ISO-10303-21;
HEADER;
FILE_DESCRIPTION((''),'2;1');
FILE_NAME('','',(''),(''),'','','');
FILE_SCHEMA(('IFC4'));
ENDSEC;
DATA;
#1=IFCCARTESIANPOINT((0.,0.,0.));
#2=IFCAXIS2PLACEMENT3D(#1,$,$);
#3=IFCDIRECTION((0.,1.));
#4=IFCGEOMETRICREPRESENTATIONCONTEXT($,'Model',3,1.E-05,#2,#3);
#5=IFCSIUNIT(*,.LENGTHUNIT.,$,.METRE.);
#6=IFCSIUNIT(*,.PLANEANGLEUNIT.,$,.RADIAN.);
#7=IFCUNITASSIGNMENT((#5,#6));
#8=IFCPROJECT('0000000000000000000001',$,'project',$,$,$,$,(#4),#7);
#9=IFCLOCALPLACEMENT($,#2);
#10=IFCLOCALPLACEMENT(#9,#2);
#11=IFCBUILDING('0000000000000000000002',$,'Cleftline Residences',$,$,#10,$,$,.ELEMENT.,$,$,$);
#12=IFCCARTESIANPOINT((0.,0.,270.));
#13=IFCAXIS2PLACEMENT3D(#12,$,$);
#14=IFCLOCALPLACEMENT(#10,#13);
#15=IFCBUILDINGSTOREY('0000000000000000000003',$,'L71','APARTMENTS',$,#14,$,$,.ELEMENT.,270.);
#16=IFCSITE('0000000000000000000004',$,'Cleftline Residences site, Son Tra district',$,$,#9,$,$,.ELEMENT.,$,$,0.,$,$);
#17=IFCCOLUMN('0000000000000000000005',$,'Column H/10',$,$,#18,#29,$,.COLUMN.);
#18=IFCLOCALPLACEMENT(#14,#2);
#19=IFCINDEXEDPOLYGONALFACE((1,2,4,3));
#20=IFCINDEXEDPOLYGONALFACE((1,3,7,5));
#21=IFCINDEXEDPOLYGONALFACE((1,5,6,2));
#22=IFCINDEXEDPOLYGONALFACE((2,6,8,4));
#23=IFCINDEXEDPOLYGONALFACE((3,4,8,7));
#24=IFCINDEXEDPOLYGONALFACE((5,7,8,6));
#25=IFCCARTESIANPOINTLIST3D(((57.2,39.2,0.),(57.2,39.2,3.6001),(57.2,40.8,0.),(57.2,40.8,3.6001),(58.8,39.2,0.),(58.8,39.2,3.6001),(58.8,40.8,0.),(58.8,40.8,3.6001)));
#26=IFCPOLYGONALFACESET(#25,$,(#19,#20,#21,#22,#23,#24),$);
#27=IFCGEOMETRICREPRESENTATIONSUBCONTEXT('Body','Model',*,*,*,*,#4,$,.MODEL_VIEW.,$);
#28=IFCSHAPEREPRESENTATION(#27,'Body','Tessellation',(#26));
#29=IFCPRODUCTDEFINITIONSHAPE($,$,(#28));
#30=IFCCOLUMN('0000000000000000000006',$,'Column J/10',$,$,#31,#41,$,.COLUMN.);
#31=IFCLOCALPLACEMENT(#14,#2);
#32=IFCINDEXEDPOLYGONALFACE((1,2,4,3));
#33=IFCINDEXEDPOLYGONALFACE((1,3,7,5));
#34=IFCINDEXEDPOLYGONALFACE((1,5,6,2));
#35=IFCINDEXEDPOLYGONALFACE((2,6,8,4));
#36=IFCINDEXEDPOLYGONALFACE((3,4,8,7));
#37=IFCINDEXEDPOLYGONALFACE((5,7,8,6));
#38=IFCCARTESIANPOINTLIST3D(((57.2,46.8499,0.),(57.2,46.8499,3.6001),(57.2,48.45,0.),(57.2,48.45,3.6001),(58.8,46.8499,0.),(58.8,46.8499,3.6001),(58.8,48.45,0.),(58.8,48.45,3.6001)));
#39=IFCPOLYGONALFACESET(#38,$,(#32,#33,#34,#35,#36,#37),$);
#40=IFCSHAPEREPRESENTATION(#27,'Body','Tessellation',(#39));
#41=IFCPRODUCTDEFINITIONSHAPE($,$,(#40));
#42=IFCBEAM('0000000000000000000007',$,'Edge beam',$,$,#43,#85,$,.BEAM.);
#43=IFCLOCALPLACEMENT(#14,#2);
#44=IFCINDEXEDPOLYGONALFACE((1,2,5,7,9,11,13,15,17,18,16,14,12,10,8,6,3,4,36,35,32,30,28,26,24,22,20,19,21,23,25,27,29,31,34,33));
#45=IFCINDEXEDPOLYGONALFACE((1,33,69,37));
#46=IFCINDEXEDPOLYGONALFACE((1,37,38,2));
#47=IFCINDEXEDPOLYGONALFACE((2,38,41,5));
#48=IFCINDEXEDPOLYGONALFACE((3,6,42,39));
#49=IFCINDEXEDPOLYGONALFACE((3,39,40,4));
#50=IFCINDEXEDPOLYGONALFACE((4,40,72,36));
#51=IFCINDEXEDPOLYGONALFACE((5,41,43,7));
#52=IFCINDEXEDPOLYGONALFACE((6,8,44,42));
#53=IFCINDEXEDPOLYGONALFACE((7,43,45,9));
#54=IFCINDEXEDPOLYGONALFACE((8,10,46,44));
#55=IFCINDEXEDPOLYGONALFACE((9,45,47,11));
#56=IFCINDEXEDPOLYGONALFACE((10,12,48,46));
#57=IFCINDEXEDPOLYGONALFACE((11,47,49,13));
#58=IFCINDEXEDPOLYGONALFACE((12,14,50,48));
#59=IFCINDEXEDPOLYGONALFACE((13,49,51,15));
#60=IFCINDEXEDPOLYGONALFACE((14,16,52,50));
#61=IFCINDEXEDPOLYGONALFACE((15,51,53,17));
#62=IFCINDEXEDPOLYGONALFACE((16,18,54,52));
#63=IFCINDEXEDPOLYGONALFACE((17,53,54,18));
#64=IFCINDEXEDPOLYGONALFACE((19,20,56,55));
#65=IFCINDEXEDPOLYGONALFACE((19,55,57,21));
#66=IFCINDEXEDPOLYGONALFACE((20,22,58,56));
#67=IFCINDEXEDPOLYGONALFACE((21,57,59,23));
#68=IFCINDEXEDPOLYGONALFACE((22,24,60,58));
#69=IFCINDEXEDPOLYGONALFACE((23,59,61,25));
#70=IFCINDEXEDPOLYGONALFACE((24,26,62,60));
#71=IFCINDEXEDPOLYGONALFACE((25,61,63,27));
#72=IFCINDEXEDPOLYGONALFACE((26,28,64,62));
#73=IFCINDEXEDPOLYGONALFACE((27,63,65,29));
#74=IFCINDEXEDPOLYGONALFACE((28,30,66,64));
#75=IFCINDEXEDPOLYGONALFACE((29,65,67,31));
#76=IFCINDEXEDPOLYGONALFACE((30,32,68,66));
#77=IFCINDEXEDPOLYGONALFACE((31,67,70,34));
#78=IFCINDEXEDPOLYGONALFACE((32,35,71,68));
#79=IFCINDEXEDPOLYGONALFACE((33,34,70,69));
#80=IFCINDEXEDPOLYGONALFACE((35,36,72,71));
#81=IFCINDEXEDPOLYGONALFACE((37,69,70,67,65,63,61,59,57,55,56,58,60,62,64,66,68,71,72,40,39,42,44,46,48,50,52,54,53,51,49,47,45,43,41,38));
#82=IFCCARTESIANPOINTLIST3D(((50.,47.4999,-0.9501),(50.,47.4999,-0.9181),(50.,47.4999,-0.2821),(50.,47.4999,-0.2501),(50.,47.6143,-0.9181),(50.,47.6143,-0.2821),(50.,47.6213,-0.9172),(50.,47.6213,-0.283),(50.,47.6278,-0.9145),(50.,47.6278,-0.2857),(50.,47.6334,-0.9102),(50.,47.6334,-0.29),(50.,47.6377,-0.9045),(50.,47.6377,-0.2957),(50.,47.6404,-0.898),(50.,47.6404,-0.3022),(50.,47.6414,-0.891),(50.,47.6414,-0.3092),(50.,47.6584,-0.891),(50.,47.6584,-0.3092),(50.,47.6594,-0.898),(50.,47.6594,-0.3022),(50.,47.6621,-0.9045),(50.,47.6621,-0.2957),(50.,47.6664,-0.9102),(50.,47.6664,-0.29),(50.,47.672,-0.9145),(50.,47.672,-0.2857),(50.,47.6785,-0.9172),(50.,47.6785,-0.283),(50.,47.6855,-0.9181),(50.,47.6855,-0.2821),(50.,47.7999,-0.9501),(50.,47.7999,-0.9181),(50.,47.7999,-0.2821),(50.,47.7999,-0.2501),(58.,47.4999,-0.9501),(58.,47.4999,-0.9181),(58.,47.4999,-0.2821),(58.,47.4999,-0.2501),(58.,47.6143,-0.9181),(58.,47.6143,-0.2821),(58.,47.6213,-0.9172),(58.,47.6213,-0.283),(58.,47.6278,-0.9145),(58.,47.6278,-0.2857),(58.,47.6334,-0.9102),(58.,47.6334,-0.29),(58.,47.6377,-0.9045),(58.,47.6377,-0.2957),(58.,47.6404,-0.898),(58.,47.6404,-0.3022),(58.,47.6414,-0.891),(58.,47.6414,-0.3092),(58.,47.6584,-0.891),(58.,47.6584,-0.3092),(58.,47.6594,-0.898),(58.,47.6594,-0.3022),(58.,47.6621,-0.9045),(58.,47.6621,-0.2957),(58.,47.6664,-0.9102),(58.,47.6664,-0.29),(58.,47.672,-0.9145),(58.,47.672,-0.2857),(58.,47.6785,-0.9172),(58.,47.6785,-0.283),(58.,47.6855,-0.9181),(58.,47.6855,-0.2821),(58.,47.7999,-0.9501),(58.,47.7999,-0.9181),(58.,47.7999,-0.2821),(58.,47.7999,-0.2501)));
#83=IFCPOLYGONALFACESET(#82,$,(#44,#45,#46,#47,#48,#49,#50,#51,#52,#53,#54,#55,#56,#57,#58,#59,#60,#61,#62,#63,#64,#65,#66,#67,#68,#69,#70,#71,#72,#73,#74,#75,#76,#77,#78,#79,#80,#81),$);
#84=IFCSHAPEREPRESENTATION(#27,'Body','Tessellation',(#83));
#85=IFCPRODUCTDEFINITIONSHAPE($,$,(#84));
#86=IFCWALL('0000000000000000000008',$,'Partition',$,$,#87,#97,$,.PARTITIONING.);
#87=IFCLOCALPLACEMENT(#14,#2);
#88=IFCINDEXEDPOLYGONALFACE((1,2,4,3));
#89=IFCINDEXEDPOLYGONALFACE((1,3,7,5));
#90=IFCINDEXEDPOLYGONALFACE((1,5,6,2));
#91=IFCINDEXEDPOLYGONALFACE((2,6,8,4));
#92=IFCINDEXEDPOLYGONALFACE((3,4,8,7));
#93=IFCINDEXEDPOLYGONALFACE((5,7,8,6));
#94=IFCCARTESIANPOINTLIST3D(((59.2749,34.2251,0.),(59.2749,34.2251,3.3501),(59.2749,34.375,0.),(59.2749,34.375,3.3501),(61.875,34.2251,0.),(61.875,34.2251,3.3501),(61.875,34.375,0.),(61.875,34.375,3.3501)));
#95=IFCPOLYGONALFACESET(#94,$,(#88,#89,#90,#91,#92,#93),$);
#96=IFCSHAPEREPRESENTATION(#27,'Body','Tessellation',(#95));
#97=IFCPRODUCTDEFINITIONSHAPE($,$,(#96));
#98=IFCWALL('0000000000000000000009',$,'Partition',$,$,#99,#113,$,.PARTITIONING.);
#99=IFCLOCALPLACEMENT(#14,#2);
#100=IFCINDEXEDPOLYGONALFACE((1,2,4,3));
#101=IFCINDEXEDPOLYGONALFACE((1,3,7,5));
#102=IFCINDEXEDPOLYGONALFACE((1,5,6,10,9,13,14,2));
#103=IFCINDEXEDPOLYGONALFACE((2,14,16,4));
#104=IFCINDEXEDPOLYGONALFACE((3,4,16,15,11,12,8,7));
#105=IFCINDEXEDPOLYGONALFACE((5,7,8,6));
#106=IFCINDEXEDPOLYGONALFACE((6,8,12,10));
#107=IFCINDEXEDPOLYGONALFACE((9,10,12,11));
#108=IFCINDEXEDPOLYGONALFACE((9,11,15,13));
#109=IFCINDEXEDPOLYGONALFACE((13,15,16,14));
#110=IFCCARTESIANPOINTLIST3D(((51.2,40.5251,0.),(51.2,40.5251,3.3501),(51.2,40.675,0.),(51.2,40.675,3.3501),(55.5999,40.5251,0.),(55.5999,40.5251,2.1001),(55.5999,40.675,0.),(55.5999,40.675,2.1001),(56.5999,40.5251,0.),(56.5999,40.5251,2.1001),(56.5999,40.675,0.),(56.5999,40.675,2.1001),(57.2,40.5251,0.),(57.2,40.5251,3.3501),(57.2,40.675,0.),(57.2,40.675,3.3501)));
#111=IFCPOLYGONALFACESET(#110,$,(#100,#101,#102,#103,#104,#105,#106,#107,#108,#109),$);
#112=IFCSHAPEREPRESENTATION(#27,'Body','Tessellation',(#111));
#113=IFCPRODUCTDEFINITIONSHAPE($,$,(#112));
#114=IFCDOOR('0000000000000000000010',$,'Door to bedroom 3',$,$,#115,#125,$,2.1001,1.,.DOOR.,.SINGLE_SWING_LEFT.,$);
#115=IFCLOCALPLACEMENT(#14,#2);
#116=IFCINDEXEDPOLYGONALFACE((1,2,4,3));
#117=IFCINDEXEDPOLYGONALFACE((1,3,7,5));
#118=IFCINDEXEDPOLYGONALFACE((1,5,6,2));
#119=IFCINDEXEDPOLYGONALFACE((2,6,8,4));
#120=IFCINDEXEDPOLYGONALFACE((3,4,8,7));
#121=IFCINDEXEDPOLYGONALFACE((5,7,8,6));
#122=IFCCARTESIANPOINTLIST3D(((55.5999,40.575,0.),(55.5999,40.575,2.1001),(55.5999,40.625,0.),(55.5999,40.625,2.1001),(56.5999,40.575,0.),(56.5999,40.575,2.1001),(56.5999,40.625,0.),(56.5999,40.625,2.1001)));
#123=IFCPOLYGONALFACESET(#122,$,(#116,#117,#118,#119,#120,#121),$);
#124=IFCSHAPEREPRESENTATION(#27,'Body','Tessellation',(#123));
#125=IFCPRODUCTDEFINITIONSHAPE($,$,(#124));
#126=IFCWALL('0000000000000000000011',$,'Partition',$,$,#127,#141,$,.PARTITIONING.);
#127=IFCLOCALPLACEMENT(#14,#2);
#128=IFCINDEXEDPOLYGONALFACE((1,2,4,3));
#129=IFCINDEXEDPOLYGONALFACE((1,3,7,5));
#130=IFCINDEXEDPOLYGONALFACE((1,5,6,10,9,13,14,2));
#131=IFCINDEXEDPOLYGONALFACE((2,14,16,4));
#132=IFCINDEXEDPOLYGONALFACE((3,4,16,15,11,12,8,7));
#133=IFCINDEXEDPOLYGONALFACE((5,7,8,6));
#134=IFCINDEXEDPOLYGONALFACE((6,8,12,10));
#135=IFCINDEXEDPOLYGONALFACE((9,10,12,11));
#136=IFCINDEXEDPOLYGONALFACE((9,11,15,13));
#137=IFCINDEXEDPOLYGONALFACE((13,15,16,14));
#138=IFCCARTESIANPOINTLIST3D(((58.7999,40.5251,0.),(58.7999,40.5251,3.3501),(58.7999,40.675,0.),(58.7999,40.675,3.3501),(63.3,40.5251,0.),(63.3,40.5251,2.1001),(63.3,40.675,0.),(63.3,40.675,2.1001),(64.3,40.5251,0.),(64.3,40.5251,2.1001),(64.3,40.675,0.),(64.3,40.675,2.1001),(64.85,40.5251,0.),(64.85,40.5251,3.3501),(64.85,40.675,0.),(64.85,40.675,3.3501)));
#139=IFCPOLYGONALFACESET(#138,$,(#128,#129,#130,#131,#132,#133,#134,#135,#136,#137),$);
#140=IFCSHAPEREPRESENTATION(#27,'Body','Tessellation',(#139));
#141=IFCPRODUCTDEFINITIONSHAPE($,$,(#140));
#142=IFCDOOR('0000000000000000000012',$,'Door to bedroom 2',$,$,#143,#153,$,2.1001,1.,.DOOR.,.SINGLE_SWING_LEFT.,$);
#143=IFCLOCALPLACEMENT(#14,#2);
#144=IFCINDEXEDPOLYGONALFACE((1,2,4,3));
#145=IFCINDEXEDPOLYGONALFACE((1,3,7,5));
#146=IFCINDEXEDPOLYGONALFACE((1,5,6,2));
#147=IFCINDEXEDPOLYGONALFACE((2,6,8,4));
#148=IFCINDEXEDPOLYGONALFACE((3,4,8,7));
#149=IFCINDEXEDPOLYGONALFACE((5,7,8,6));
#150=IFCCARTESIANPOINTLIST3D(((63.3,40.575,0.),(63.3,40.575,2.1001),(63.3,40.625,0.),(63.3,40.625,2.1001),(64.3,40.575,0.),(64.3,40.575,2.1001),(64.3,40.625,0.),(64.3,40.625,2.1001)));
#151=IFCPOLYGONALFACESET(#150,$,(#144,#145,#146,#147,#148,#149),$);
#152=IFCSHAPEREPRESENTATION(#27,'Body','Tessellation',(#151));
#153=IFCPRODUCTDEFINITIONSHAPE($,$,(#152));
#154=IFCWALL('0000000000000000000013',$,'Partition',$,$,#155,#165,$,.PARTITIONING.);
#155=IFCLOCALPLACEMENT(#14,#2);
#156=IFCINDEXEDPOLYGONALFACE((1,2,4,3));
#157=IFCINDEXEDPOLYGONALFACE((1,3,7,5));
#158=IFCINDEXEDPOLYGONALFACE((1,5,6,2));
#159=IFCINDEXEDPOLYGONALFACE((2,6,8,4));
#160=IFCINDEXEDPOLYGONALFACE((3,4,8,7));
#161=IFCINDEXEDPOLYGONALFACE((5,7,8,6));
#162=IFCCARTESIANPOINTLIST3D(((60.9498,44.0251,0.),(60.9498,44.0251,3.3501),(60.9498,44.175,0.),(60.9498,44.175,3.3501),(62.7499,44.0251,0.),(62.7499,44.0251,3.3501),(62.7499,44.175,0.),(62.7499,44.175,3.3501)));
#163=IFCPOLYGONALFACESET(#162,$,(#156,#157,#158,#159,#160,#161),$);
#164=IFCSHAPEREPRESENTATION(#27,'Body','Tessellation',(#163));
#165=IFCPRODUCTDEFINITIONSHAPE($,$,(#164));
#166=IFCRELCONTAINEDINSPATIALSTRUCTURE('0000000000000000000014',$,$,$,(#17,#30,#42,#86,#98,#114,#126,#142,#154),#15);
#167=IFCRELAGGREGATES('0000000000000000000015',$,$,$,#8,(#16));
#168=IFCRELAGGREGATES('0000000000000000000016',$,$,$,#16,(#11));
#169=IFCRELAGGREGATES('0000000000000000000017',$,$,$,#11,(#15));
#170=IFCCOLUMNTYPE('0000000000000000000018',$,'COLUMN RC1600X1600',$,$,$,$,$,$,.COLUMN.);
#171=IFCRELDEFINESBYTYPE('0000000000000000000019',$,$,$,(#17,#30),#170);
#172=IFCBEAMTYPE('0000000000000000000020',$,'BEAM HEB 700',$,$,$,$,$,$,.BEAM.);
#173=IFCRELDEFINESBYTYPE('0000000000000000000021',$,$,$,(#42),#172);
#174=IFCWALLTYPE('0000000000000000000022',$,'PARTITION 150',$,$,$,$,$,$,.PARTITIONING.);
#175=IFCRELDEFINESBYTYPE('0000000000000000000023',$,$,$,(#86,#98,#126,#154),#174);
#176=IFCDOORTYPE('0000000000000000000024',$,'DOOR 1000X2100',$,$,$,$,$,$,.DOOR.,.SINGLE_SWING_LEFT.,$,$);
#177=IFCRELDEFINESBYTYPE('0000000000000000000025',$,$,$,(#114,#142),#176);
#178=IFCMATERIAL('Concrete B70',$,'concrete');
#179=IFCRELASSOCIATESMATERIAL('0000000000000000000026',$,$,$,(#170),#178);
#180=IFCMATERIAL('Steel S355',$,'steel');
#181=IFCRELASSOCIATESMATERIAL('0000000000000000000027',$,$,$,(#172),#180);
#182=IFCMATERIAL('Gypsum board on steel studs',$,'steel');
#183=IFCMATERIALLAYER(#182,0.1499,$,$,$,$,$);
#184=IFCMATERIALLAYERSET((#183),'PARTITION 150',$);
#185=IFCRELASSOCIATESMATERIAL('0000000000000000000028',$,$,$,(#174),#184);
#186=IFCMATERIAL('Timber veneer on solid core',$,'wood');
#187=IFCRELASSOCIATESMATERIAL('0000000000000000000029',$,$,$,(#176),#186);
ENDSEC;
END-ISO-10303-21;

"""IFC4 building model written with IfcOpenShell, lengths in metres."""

from ifc_helpers import new_model, si_unit, direction, frame, frame_2d, origin, origin_2d, place, context, subcontext, project, spatial, rectangle, i_section, extrude, material, layer, layer_set, material_profile, profile_set, type_object, element, fill, save


model = new_model("IFC4")

# Units and contexts
model_context = context("Model", 3, precision=1e-05, world=origin(), true_north=direction((0.0, 1.0)))
body_context = subcontext(model_context, "Body", "Model", "MODEL_VIEW")
ifc_project = project(units=[si_unit("LENGTHUNIT", "METRE"), si_unit("PLANEANGLEUNIT", "RADIAN")], contexts=[model_context])

# Site, building, storey
site_placement = place(None, origin())
site = spatial("IfcSite", under=ifc_project, at=site_placement, Name="Cleftline Residences site, Son Tra district", CompositionType="ELEMENT", RefElevation=0.0)
building_placement = place(site_placement, origin())
building = spatial("IfcBuilding", under=site, at=building_placement, Name="Cleftline Residences", CompositionType="ELEMENT")
storey_placement = place(building_placement, frame((0.0, 0.0, 270.0)))
storey = spatial("IfcBuildingStorey", under=building, at=storey_placement, Name="L71", Description="APARTMENTS", CompositionType="ELEMENT", Elevation=270.0)

# Columns
ifc_material_1 = material(Name="Concrete B70", Category="concrete")
ifc_material_profile_1 = material_profile(ifc_material_1, rectangle(XDim=1.6001, YDim=1.6001, at=origin_2d()))
ifc_profile_set_1 = profile_set([ifc_material_profile_1], Name="Concrete B70")
column_type = type_object("IfcColumnType", Name="COLUMN RC1600X1600", PredefinedType="COLUMN", material=ifc_profile_set_1)
for number, where, z_axis, x_axis, name in (
    (1, (58.0, 40.0, 0.0), (0.0, 0.0, 1.0), (1.0, 0.0, 0.0), "Column H/10"),
    (2, (58.0, 47.6499, 0.0), (0.0, 0.0, 1.0), (1.0, 0.0, 0.0), "Column J/10"),
):
    element("IfcColumn", number, at=place(storey_placement, frame(where, z_axis=z_axis, x_axis=x_axis)), inside=storey, type_object=column_type, Name=name, PredefinedType="COLUMN", context=body_context, shape_type="SweptSolid", body=[
        extrude(rectangle(XDim=1.6001, YDim=1.6001, at=origin_2d()), origin(), (0.0, 0.0, 1.0), 3.6001),
    ])

# Beam
ifc_material_2 = material(Name="Steel S355", Category="steel")
ifc_material_profile_2 = material_profile(ifc_material_2, i_section(OverallWidth=0.3, OverallDepth=0.7, WebThickness=0.0171, FlangeThickness=0.032, FilletRadius=0.0271, at=origin_2d()))
ifc_profile_set_2 = profile_set([ifc_material_profile_2], Name="Steel S355")
beam_type = type_object("IfcBeamType", Name="BEAM HEB 700", PredefinedType="BEAM", material=ifc_profile_set_2)
beam_placement = place(storey_placement, frame((58.0, 47.6499, -0.6001), z_axis=(-1.0, 0.0, 0.0), x_axis=(0.0, -1.0, 0.0)))
element("IfcBeam", 3, at=beam_placement, inside=storey, type_object=beam_type, Name="Edge beam", PredefinedType="BEAM", context=body_context, shape_type="SweptSolid", body=[
    extrude(i_section(OverallWidth=0.3, OverallDepth=0.7, WebThickness=0.0171, FlangeThickness=0.032, FilletRadius=0.0271, at=origin_2d()), origin(), (0.0, 0.0, 1.0), 8.0),
])

# Wall
ifc_material_3 = material(Name="Gypsum board on steel studs", Category="steel")
ifc_layer = layer(ifc_material_3, 0.1499)
ifc_layer_set = layer_set([ifc_layer], Name="PARTITION 150")
wall_type = type_object("IfcWallType", Name="PARTITION 150", PredefinedType="PARTITIONING", material=ifc_layer_set)
wall_1_placement = place(storey_placement, frame((59.2749, 34.3, 0.0), z_axis=(0.0, 0.0, 1.0), x_axis=(1.0, 0.0, 0.0)))
element("IfcWall", 4, at=wall_1_placement, inside=storey, type_object=wall_type, Name="Partition", PredefinedType="PARTITIONING", context=body_context, shape_type="SweptSolid", body=[
    extrude(rectangle(XDim=2.6001, YDim=0.1499, at=frame_2d((1.3, 0.0))), origin(), (0.0, 0.0, 1.0), 3.3501),
])

# Walls, openings, doors
wall_2_placement = place(storey_placement, frame((51.2, 40.6001, 0.0), z_axis=(0.0, 0.0, 1.0), x_axis=(1.0, 0.0, 0.0)))
wall_2 = element("IfcWall", 5, at=wall_2_placement, inside=storey, type_object=wall_type, Name="Partition", PredefinedType="PARTITIONING", context=body_context, shape_type="SweptSolid", body=[
    extrude(rectangle(XDim=6.0, YDim=0.1499, at=frame_2d((3.0, 0.0))), origin(), (0.0, 0.0, 1.0), 3.3501),
])
opening_1_placement = place(wall_2_placement, frame((4.3999, 0.0, 0.0)))
opening_1 = element("IfcOpeningElement", 6, at=opening_1_placement, cuts=wall_2, PredefinedType="OPENING", context=body_context, shape_type="SweptSolid", body=[
    extrude(rectangle(XDim=1.0, YDim=2.1001, at=frame_2d((0.5, 1.05))), frame((0.0, 0.085, 0.0), z_axis=(0.0, -1.0, 0.0), x_axis=(1.0, 0.0, 0.0)), (0.0, 0.0, 1.0), 0.1699),
])
ifc_material_4 = material(Name="Timber veneer on solid core", Category="wood")
door_type_1 = type_object("IfcDoorType", Name="DOOR 1000X2100", OperationType="SINGLE_SWING_LEFT", PredefinedType="DOOR", material=ifc_material_4)
door_1_placement = place(opening_1_placement, origin())
door_1 = element("IfcDoor", 7, at=door_1_placement, inside=storey, type_object=door_type_1, Name="Door to bedroom 3", OperationType="SINGLE_SWING_LEFT", OverallHeight=2.1001, OverallWidth=1.0, PredefinedType="DOOR", context=body_context, shape_type="SweptSolid", body=[
    extrude(rectangle(XDim=1.0, YDim=2.1001, at=frame_2d((0.5, 1.05))), frame((0.0, 0.0249, 0.0), z_axis=(0.0, -1.0, 0.0), x_axis=(1.0, 0.0, 0.0)), (0.0, 0.0, 1.0), 0.05),
])
fill(opening_1, door_1)
wall_3_placement = place(storey_placement, frame((58.8, 40.6001, 0.0), z_axis=(0.0, 0.0, 1.0), x_axis=(1.0, 0.0, 0.0)))
wall_3 = element("IfcWall", 8, at=wall_3_placement, inside=storey, type_object=wall_type, Name="Partition", PredefinedType="PARTITIONING", context=body_context, shape_type="SweptSolid", body=[
    extrude(rectangle(XDim=6.05, YDim=0.1499, at=frame_2d((3.0249, 0.0))), origin(), (0.0, 0.0, 1.0), 3.3501),
])
opening_2_placement = place(wall_3_placement, frame((4.5, 0.0, 0.0)))
opening_2 = element("IfcOpeningElement", 9, at=opening_2_placement, cuts=wall_3, PredefinedType="OPENING", context=body_context, shape_type="SweptSolid", body=[
    extrude(rectangle(XDim=1.0, YDim=2.1001, at=frame_2d((0.5, 1.05))), frame((0.0, 0.085, 0.0), z_axis=(0.0, -1.0, 0.0), x_axis=(1.0, 0.0, 0.0)), (0.0, 0.0, 1.0), 0.1699),
])
door_2_placement = place(opening_2_placement, origin())
door_2 = element("IfcDoor", 10, at=door_2_placement, inside=storey, type_object=door_type_1, Name="Door to bedroom 2", OperationType="SINGLE_SWING_LEFT", OverallHeight=2.1001, OverallWidth=1.0, PredefinedType="DOOR", context=body_context, shape_type="SweptSolid", body=[
    extrude(rectangle(XDim=1.0, YDim=2.1001, at=frame_2d((0.5, 1.05))), frame((0.0, 0.0249, 0.0), z_axis=(0.0, -1.0, 0.0), x_axis=(1.0, 0.0, 0.0)), (0.0, 0.0, 1.0), 0.05),
])
fill(opening_2, door_2)

# Wall
wall_4_placement = place(storey_placement, frame((60.95, 44.1001, 0.0), z_axis=(0.0, 0.0, 1.0), x_axis=(1.0, 0.0, 0.0)))
element("IfcWall", 11, at=wall_4_placement, inside=storey, type_object=wall_type, Name="Partition", PredefinedType="PARTITIONING", context=body_context, shape_type="SweptSolid", body=[
    extrude(rectangle(XDim=1.8, YDim=0.1499, at=frame_2d((0.8999, 0.0))), origin(), (0.0, 0.0, 1.0), 3.3501),
])

save(model, "model.ifc")
